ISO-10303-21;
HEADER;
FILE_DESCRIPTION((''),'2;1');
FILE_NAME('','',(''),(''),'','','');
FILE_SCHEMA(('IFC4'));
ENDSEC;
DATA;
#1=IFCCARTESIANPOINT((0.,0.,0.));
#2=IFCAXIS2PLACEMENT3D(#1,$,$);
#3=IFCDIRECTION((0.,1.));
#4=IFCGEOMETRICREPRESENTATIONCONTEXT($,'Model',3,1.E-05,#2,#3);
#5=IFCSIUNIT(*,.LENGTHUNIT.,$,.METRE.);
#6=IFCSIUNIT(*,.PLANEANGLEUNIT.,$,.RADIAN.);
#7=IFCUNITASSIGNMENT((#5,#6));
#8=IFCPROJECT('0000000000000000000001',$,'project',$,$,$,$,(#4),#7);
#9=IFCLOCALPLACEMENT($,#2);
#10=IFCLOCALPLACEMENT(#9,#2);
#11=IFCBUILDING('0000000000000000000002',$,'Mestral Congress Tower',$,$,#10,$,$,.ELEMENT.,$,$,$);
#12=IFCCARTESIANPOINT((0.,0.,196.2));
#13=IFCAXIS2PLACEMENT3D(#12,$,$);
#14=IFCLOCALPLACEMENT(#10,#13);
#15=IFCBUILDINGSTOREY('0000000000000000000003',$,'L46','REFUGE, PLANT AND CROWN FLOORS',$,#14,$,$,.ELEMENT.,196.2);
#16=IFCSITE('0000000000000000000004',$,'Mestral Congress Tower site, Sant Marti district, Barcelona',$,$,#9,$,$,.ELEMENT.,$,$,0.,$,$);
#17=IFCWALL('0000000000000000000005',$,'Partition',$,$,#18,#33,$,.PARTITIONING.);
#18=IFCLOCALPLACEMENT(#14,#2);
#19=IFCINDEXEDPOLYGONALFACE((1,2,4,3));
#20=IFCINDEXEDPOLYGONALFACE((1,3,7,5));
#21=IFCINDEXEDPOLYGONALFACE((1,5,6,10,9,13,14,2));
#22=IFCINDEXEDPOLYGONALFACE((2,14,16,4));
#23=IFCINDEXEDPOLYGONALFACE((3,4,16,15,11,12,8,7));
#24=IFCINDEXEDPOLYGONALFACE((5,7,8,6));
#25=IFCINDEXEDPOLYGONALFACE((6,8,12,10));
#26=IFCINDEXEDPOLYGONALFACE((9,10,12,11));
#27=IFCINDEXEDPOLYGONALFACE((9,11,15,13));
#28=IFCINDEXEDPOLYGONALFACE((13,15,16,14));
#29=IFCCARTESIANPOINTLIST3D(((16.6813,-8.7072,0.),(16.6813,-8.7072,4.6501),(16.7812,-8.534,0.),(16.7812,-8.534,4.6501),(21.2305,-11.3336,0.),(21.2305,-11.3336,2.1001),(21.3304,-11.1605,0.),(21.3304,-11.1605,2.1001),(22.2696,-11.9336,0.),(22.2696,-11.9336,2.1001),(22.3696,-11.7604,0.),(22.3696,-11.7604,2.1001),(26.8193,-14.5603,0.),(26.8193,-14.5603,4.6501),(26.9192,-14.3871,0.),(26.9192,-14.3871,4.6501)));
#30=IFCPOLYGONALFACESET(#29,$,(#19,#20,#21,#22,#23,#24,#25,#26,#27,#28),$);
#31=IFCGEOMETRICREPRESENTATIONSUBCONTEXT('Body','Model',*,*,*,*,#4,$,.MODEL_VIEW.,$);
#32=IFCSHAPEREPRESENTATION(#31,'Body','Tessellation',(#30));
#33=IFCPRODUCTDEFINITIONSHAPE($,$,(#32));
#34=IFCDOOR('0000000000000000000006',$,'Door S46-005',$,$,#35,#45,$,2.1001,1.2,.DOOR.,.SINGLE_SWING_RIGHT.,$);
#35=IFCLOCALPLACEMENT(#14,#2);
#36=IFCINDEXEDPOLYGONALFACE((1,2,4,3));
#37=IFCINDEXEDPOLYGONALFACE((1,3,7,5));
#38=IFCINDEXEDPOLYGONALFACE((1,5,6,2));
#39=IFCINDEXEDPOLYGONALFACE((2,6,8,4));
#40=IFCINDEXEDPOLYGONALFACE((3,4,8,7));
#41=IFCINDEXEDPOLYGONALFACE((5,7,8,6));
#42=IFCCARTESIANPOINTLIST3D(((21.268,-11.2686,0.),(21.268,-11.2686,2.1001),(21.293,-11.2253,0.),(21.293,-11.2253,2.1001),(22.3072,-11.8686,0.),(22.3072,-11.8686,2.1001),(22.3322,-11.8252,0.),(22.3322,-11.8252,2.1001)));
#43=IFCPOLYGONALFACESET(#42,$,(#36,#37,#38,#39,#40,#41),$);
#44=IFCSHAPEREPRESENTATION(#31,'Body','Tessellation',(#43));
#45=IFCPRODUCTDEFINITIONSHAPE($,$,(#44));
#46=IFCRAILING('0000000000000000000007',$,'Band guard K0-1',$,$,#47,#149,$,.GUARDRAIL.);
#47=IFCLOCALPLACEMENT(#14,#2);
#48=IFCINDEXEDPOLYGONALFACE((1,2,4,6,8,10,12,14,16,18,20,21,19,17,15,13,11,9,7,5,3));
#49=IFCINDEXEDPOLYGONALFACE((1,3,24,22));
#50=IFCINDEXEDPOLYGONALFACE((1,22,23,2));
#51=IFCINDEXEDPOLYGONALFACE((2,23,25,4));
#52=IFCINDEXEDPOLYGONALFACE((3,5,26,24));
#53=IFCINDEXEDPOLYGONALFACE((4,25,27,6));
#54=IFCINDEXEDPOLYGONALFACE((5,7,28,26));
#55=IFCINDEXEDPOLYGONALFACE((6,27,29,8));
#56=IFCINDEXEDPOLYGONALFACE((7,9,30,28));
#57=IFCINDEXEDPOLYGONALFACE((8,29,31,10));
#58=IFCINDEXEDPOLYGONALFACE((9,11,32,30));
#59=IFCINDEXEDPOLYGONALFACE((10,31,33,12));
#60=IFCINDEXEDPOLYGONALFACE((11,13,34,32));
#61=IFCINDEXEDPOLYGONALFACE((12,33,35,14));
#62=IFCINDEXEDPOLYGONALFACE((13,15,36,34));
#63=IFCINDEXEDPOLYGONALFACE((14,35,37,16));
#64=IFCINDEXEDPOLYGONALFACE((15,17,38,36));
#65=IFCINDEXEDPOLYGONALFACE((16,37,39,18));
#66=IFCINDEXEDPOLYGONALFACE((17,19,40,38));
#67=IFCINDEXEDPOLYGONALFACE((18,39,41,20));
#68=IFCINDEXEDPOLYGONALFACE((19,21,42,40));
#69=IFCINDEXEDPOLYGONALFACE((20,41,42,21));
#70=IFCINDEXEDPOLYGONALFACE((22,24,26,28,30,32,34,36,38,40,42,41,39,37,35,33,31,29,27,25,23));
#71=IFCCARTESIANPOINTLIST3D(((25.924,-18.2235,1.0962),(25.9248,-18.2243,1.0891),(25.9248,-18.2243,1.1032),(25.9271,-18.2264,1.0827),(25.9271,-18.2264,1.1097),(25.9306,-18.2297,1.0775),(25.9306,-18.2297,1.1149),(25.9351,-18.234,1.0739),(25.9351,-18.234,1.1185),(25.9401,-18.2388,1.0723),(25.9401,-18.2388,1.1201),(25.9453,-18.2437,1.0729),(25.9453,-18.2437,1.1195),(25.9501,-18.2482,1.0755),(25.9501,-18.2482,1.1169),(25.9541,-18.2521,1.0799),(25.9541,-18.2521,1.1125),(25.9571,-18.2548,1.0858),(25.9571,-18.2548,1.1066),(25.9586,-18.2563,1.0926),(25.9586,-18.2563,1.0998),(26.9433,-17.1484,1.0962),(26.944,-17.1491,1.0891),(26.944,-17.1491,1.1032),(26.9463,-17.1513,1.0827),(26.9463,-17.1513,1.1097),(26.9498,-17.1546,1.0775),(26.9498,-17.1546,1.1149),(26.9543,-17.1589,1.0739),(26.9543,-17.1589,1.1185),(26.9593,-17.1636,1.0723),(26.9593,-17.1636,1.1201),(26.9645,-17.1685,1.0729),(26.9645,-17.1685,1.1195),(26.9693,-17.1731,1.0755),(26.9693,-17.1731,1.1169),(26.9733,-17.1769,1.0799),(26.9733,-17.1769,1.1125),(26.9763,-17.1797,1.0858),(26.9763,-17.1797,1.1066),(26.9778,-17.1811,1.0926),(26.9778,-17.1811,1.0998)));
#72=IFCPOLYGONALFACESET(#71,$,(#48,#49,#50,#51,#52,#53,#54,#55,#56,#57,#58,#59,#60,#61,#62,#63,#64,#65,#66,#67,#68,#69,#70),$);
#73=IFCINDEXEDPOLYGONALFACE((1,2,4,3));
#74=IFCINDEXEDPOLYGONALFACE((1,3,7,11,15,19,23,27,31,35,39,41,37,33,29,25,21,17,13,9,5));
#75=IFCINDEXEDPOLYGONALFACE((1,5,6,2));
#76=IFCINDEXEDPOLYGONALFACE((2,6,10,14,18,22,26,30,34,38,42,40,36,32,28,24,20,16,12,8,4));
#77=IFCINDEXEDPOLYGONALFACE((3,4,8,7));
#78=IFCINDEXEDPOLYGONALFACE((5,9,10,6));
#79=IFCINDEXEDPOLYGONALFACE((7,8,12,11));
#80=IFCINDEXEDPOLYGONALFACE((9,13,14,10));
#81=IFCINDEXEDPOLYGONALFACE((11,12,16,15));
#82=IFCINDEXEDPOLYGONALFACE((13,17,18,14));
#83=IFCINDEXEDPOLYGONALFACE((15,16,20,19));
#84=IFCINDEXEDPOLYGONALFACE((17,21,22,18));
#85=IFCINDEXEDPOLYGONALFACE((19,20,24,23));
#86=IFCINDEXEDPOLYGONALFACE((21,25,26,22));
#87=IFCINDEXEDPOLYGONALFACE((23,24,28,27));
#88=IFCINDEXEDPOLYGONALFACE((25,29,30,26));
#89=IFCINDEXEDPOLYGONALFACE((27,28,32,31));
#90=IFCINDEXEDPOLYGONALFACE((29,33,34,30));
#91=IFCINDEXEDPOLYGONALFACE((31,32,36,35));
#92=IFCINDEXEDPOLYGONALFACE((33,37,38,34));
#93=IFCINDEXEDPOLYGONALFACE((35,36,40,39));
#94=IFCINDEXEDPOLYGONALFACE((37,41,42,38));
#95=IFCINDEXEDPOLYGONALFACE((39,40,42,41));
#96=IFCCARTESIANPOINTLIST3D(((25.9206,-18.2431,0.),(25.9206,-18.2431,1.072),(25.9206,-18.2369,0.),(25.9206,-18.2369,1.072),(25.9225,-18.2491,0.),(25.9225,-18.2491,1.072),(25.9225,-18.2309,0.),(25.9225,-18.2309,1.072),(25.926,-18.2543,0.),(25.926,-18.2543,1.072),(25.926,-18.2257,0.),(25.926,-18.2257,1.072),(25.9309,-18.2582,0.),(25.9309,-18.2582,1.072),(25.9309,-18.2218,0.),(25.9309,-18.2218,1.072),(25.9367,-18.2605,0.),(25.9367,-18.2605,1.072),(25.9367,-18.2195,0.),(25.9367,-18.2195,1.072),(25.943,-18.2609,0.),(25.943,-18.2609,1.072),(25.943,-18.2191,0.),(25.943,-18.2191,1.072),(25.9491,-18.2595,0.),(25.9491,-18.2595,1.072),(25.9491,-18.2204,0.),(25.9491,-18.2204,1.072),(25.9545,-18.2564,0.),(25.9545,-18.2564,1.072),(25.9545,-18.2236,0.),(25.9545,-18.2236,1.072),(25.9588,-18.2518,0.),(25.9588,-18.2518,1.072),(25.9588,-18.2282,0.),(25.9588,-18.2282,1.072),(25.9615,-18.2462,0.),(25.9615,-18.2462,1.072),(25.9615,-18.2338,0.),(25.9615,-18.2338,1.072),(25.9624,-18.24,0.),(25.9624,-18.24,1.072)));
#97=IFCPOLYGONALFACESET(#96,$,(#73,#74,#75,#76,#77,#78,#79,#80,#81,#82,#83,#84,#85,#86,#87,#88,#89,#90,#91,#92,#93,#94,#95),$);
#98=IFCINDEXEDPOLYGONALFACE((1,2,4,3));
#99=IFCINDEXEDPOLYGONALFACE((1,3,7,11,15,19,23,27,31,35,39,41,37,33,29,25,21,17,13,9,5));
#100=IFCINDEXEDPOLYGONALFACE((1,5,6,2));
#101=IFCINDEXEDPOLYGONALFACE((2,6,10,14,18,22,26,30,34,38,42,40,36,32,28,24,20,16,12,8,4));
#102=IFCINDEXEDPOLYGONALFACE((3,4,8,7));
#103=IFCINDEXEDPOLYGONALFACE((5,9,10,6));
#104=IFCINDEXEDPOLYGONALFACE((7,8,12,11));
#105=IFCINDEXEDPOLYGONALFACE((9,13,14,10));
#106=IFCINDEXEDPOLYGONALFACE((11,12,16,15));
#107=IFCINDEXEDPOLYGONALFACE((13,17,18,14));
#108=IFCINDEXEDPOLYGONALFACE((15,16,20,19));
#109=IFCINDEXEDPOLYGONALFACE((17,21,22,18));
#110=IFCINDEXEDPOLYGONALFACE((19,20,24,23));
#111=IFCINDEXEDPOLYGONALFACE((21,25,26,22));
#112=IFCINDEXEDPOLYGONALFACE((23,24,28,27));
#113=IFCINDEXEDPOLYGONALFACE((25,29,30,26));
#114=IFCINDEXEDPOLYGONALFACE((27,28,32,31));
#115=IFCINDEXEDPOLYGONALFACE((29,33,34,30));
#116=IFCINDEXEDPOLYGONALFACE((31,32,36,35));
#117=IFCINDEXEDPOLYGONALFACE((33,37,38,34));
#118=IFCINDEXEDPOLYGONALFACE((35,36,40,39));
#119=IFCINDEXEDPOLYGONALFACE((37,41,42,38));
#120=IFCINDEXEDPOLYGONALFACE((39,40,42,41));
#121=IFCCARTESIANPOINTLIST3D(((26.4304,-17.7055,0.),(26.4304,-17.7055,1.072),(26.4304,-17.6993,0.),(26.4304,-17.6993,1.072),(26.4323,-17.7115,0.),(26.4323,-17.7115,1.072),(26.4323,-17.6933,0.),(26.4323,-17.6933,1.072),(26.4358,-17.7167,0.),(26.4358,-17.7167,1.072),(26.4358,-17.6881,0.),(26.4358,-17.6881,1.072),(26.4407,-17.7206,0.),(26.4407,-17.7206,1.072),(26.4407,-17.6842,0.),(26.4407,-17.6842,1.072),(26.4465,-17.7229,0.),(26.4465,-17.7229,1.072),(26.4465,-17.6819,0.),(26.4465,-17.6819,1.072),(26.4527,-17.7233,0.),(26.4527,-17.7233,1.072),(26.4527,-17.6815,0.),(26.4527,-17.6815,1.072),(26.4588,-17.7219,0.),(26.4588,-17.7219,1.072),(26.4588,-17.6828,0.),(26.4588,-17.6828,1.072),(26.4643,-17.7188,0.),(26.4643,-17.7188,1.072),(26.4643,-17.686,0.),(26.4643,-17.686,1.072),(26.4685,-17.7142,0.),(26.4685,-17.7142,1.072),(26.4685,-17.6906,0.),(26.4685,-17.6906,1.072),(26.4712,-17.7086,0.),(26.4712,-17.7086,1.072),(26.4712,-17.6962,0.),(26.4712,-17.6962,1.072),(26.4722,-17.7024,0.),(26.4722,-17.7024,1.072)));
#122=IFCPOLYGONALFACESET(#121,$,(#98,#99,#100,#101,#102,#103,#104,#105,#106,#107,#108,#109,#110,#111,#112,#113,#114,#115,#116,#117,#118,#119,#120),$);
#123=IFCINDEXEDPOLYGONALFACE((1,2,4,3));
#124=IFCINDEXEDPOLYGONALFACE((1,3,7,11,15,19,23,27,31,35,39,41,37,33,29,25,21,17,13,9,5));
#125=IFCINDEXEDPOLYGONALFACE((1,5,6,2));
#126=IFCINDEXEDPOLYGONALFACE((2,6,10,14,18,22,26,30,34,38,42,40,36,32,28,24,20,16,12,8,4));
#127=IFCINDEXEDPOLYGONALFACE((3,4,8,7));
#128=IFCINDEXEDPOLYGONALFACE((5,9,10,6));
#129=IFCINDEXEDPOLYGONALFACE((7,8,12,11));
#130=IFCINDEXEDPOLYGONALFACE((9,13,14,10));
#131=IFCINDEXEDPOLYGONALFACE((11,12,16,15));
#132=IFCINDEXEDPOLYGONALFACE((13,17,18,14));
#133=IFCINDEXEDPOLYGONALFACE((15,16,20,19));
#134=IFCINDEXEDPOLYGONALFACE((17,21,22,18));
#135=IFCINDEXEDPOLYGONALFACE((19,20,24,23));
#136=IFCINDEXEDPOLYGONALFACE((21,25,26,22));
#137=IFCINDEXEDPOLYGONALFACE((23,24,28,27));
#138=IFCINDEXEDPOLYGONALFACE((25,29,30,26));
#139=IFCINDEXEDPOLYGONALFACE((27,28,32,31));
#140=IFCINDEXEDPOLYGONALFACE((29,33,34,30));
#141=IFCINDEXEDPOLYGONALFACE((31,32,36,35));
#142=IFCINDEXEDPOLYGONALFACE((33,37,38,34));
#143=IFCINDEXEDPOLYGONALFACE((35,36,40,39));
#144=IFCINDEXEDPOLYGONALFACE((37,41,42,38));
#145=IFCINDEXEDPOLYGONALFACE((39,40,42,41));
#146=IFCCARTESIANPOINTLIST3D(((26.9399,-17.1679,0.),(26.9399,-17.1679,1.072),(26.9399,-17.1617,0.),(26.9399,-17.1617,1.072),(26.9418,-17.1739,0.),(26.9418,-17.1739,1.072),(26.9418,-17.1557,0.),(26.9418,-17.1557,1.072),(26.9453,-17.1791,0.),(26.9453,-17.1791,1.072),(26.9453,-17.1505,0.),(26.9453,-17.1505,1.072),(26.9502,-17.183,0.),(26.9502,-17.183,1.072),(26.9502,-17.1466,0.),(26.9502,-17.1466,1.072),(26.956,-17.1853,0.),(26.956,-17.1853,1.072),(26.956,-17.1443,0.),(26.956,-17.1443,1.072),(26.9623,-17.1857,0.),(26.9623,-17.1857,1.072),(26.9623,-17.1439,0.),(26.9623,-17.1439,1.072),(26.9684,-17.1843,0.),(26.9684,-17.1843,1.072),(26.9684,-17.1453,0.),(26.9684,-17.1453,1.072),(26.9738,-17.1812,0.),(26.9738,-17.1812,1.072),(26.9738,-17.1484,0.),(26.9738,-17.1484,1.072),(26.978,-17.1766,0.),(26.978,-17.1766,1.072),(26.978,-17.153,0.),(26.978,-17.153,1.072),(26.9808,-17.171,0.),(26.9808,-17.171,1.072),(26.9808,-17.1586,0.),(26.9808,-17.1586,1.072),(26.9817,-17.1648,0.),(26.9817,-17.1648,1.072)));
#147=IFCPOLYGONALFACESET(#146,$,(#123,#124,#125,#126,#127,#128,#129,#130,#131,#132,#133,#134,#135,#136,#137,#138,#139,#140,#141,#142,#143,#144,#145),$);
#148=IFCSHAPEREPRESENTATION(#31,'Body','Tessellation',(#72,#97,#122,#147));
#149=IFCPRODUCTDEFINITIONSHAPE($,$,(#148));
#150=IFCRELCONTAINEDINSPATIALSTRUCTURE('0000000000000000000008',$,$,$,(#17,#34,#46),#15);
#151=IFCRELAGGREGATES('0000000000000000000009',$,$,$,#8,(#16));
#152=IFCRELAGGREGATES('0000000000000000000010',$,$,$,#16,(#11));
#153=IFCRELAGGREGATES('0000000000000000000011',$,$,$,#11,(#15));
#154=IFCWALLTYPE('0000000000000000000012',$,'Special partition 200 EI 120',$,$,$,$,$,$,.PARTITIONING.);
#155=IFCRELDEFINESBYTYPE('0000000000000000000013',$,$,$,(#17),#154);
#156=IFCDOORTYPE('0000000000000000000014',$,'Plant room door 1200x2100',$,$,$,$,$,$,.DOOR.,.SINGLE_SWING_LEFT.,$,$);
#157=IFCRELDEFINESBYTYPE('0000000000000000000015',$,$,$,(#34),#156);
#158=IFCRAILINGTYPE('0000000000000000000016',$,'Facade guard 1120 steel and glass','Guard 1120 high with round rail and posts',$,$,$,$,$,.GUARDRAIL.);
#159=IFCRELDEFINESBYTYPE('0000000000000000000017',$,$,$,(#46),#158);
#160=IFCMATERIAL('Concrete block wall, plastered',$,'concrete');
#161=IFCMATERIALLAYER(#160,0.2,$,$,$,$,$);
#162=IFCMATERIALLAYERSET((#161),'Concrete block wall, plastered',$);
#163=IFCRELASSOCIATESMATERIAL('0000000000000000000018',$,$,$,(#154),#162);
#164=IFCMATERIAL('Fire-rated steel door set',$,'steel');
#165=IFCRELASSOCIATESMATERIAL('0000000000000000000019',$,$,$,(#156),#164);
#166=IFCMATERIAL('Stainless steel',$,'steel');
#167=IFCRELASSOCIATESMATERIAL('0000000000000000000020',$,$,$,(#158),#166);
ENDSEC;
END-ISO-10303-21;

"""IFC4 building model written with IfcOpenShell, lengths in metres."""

from ifc_helpers import new_model, si_unit, direction, frame, frame_2d, origin, origin_2d, place, context, subcontext, project, spatial, rectangle, circle, extrude, material, layer, layer_set, type_object, element, fill, save


model = new_model("IFC4")

# Units and contexts
model_context = context("Model", 3, precision=1e-05, world=origin(), true_north=direction((0.0, 1.0)))
body_context = subcontext(model_context, "Body", "Model", "MODEL_VIEW")
ifc_project = project(units=[si_unit("LENGTHUNIT", "METRE"), si_unit("PLANEANGLEUNIT", "RADIAN")], contexts=[model_context])

# Site, building, storey
site_placement = place(None, origin())
site = spatial("IfcSite", under=ifc_project, at=site_placement, Name="Mestral Congress Tower site, Sant Marti district, Barcelona", CompositionType="ELEMENT", RefElevation=0.0)
building_placement = place(site_placement, origin())
building = spatial("IfcBuilding", under=site, at=building_placement, Name="Mestral Congress Tower", CompositionType="ELEMENT")
storey_placement = place(building_placement, frame((0.0, 0.0, 196.2)))
storey = spatial("IfcBuildingStorey", under=building, at=storey_placement, Name="L46", Description="REFUGE, PLANT AND CROWN FLOORS", CompositionType="ELEMENT", Elevation=196.2)

# Wall, opening, door
ifc_material_1 = material(Name="Concrete block wall, plastered", Category="concrete")
ifc_layer_1 = layer(ifc_material_1, 0.2)
ifc_layer_set_1 = layer_set([ifc_layer_1], Name="Concrete block wall, plastered")
wall_type = type_object("IfcWallType", Name="Special partition 200 EI 120", PredefinedType="PARTITIONING", material=ifc_layer_set_1)
wall_placement = place(storey_placement, frame((26.8691, -14.4736, 0.0), z_axis=(0.0, 0.0, 1.0), x_axis=(-0.86603, 0.499993, 0.0)))
wall = element("IfcWall", 1, at=wall_placement, inside=storey, type_object=wall_type, Name="Partition", PredefinedType="PARTITIONING", context=body_context, shape_type="SweptSolid", body=[
    extrude(rectangle(XDim=11.7063, YDim=0.2, at=frame_2d((5.853, 0.0))), origin(), (0.0, 0.0, 1.0), 4.6501),
])
opening_placement = place(wall_placement, frame((5.2532, 0.0, 0.0)))
opening = element("IfcOpeningElement", 2, at=opening_placement, cuts=wall, PredefinedType="OPENING", context=body_context, shape_type="SweptSolid", body=[
    extrude(rectangle(XDim=1.2, YDim=2.1001, at=frame_2d((0.6001, 1.05))), frame((0.0, 0.1099, 0.0), z_axis=(0.0, -1.0, 0.0), x_axis=(1.0, 0.0, 0.0)), (0.0, 0.0, 1.0), 0.22),
])
ifc_material_2 = material(Name="Fire-rated steel door set", Category="steel")
door_type = type_object("IfcDoorType", Name="Plant room door 1200x2100", OperationType="SINGLE_SWING_LEFT", PredefinedType="DOOR", material=ifc_material_2)
door_placement = place(opening_placement, origin())
door = element("IfcDoor", 3, at=door_placement, inside=storey, type_object=door_type, Name="Door S46-005", OperationType="SINGLE_SWING_RIGHT", OverallHeight=2.1001, OverallWidth=1.2, PredefinedType="DOOR", context=body_context, shape_type="SweptSolid", body=[
    extrude(rectangle(XDim=1.2, YDim=2.1001, at=frame_2d((0.6001, 1.05))), frame((0.0, 0.0249, 0.0), z_axis=(0.0, -1.0, 0.0), x_axis=(1.0, 0.0, 0.0)), (0.0, 0.0, 1.0), 0.05),
])
fill(opening, door)

# Railing
ifc_material_3 = material(Name="Stainless steel", Category="steel")
railing_type = type_object("IfcRailingType", Name="Facade guard 1120 steel and glass", Description="Guard 1120 high with round rail and posts", PredefinedType="GUARDRAIL", material=ifc_material_3)
railing_1_placement = place(storey_placement, frame((25.9414, -18.24, 0.0)))
element("IfcRailing", 4, at=railing_1_placement, inside=storey, type_object=railing_type, Name="Band guard K0-1", PredefinedType="GUARDRAIL", context=body_context, shape_type="SweptSolid", body=[
    extrude(circle(Radius=0.0239, at=origin_2d()), frame((0.0, 0.0, 1.0962), z_axis=(0.687987, 0.725723, 0.0), x_axis=(-0.725723, 0.687987, 0.0)), (0.0, 0.0, 1.0), 1.4814),
    extrude(circle(Radius=0.021, at=origin_2d()), origin(), (0.0, 0.0, 1.0), 1.072),
    extrude(circle(Radius=0.021, at=origin_2d()), frame((0.5098, 0.5376, 0.0)), (0.0, 0.0, 1.0), 1.072),
    extrude(circle(Radius=0.021, at=origin_2d()), frame((1.0193, 1.0752, 0.0)), (0.0, 0.0, 1.0), 1.072),
])

save(model, "model.ifc")
